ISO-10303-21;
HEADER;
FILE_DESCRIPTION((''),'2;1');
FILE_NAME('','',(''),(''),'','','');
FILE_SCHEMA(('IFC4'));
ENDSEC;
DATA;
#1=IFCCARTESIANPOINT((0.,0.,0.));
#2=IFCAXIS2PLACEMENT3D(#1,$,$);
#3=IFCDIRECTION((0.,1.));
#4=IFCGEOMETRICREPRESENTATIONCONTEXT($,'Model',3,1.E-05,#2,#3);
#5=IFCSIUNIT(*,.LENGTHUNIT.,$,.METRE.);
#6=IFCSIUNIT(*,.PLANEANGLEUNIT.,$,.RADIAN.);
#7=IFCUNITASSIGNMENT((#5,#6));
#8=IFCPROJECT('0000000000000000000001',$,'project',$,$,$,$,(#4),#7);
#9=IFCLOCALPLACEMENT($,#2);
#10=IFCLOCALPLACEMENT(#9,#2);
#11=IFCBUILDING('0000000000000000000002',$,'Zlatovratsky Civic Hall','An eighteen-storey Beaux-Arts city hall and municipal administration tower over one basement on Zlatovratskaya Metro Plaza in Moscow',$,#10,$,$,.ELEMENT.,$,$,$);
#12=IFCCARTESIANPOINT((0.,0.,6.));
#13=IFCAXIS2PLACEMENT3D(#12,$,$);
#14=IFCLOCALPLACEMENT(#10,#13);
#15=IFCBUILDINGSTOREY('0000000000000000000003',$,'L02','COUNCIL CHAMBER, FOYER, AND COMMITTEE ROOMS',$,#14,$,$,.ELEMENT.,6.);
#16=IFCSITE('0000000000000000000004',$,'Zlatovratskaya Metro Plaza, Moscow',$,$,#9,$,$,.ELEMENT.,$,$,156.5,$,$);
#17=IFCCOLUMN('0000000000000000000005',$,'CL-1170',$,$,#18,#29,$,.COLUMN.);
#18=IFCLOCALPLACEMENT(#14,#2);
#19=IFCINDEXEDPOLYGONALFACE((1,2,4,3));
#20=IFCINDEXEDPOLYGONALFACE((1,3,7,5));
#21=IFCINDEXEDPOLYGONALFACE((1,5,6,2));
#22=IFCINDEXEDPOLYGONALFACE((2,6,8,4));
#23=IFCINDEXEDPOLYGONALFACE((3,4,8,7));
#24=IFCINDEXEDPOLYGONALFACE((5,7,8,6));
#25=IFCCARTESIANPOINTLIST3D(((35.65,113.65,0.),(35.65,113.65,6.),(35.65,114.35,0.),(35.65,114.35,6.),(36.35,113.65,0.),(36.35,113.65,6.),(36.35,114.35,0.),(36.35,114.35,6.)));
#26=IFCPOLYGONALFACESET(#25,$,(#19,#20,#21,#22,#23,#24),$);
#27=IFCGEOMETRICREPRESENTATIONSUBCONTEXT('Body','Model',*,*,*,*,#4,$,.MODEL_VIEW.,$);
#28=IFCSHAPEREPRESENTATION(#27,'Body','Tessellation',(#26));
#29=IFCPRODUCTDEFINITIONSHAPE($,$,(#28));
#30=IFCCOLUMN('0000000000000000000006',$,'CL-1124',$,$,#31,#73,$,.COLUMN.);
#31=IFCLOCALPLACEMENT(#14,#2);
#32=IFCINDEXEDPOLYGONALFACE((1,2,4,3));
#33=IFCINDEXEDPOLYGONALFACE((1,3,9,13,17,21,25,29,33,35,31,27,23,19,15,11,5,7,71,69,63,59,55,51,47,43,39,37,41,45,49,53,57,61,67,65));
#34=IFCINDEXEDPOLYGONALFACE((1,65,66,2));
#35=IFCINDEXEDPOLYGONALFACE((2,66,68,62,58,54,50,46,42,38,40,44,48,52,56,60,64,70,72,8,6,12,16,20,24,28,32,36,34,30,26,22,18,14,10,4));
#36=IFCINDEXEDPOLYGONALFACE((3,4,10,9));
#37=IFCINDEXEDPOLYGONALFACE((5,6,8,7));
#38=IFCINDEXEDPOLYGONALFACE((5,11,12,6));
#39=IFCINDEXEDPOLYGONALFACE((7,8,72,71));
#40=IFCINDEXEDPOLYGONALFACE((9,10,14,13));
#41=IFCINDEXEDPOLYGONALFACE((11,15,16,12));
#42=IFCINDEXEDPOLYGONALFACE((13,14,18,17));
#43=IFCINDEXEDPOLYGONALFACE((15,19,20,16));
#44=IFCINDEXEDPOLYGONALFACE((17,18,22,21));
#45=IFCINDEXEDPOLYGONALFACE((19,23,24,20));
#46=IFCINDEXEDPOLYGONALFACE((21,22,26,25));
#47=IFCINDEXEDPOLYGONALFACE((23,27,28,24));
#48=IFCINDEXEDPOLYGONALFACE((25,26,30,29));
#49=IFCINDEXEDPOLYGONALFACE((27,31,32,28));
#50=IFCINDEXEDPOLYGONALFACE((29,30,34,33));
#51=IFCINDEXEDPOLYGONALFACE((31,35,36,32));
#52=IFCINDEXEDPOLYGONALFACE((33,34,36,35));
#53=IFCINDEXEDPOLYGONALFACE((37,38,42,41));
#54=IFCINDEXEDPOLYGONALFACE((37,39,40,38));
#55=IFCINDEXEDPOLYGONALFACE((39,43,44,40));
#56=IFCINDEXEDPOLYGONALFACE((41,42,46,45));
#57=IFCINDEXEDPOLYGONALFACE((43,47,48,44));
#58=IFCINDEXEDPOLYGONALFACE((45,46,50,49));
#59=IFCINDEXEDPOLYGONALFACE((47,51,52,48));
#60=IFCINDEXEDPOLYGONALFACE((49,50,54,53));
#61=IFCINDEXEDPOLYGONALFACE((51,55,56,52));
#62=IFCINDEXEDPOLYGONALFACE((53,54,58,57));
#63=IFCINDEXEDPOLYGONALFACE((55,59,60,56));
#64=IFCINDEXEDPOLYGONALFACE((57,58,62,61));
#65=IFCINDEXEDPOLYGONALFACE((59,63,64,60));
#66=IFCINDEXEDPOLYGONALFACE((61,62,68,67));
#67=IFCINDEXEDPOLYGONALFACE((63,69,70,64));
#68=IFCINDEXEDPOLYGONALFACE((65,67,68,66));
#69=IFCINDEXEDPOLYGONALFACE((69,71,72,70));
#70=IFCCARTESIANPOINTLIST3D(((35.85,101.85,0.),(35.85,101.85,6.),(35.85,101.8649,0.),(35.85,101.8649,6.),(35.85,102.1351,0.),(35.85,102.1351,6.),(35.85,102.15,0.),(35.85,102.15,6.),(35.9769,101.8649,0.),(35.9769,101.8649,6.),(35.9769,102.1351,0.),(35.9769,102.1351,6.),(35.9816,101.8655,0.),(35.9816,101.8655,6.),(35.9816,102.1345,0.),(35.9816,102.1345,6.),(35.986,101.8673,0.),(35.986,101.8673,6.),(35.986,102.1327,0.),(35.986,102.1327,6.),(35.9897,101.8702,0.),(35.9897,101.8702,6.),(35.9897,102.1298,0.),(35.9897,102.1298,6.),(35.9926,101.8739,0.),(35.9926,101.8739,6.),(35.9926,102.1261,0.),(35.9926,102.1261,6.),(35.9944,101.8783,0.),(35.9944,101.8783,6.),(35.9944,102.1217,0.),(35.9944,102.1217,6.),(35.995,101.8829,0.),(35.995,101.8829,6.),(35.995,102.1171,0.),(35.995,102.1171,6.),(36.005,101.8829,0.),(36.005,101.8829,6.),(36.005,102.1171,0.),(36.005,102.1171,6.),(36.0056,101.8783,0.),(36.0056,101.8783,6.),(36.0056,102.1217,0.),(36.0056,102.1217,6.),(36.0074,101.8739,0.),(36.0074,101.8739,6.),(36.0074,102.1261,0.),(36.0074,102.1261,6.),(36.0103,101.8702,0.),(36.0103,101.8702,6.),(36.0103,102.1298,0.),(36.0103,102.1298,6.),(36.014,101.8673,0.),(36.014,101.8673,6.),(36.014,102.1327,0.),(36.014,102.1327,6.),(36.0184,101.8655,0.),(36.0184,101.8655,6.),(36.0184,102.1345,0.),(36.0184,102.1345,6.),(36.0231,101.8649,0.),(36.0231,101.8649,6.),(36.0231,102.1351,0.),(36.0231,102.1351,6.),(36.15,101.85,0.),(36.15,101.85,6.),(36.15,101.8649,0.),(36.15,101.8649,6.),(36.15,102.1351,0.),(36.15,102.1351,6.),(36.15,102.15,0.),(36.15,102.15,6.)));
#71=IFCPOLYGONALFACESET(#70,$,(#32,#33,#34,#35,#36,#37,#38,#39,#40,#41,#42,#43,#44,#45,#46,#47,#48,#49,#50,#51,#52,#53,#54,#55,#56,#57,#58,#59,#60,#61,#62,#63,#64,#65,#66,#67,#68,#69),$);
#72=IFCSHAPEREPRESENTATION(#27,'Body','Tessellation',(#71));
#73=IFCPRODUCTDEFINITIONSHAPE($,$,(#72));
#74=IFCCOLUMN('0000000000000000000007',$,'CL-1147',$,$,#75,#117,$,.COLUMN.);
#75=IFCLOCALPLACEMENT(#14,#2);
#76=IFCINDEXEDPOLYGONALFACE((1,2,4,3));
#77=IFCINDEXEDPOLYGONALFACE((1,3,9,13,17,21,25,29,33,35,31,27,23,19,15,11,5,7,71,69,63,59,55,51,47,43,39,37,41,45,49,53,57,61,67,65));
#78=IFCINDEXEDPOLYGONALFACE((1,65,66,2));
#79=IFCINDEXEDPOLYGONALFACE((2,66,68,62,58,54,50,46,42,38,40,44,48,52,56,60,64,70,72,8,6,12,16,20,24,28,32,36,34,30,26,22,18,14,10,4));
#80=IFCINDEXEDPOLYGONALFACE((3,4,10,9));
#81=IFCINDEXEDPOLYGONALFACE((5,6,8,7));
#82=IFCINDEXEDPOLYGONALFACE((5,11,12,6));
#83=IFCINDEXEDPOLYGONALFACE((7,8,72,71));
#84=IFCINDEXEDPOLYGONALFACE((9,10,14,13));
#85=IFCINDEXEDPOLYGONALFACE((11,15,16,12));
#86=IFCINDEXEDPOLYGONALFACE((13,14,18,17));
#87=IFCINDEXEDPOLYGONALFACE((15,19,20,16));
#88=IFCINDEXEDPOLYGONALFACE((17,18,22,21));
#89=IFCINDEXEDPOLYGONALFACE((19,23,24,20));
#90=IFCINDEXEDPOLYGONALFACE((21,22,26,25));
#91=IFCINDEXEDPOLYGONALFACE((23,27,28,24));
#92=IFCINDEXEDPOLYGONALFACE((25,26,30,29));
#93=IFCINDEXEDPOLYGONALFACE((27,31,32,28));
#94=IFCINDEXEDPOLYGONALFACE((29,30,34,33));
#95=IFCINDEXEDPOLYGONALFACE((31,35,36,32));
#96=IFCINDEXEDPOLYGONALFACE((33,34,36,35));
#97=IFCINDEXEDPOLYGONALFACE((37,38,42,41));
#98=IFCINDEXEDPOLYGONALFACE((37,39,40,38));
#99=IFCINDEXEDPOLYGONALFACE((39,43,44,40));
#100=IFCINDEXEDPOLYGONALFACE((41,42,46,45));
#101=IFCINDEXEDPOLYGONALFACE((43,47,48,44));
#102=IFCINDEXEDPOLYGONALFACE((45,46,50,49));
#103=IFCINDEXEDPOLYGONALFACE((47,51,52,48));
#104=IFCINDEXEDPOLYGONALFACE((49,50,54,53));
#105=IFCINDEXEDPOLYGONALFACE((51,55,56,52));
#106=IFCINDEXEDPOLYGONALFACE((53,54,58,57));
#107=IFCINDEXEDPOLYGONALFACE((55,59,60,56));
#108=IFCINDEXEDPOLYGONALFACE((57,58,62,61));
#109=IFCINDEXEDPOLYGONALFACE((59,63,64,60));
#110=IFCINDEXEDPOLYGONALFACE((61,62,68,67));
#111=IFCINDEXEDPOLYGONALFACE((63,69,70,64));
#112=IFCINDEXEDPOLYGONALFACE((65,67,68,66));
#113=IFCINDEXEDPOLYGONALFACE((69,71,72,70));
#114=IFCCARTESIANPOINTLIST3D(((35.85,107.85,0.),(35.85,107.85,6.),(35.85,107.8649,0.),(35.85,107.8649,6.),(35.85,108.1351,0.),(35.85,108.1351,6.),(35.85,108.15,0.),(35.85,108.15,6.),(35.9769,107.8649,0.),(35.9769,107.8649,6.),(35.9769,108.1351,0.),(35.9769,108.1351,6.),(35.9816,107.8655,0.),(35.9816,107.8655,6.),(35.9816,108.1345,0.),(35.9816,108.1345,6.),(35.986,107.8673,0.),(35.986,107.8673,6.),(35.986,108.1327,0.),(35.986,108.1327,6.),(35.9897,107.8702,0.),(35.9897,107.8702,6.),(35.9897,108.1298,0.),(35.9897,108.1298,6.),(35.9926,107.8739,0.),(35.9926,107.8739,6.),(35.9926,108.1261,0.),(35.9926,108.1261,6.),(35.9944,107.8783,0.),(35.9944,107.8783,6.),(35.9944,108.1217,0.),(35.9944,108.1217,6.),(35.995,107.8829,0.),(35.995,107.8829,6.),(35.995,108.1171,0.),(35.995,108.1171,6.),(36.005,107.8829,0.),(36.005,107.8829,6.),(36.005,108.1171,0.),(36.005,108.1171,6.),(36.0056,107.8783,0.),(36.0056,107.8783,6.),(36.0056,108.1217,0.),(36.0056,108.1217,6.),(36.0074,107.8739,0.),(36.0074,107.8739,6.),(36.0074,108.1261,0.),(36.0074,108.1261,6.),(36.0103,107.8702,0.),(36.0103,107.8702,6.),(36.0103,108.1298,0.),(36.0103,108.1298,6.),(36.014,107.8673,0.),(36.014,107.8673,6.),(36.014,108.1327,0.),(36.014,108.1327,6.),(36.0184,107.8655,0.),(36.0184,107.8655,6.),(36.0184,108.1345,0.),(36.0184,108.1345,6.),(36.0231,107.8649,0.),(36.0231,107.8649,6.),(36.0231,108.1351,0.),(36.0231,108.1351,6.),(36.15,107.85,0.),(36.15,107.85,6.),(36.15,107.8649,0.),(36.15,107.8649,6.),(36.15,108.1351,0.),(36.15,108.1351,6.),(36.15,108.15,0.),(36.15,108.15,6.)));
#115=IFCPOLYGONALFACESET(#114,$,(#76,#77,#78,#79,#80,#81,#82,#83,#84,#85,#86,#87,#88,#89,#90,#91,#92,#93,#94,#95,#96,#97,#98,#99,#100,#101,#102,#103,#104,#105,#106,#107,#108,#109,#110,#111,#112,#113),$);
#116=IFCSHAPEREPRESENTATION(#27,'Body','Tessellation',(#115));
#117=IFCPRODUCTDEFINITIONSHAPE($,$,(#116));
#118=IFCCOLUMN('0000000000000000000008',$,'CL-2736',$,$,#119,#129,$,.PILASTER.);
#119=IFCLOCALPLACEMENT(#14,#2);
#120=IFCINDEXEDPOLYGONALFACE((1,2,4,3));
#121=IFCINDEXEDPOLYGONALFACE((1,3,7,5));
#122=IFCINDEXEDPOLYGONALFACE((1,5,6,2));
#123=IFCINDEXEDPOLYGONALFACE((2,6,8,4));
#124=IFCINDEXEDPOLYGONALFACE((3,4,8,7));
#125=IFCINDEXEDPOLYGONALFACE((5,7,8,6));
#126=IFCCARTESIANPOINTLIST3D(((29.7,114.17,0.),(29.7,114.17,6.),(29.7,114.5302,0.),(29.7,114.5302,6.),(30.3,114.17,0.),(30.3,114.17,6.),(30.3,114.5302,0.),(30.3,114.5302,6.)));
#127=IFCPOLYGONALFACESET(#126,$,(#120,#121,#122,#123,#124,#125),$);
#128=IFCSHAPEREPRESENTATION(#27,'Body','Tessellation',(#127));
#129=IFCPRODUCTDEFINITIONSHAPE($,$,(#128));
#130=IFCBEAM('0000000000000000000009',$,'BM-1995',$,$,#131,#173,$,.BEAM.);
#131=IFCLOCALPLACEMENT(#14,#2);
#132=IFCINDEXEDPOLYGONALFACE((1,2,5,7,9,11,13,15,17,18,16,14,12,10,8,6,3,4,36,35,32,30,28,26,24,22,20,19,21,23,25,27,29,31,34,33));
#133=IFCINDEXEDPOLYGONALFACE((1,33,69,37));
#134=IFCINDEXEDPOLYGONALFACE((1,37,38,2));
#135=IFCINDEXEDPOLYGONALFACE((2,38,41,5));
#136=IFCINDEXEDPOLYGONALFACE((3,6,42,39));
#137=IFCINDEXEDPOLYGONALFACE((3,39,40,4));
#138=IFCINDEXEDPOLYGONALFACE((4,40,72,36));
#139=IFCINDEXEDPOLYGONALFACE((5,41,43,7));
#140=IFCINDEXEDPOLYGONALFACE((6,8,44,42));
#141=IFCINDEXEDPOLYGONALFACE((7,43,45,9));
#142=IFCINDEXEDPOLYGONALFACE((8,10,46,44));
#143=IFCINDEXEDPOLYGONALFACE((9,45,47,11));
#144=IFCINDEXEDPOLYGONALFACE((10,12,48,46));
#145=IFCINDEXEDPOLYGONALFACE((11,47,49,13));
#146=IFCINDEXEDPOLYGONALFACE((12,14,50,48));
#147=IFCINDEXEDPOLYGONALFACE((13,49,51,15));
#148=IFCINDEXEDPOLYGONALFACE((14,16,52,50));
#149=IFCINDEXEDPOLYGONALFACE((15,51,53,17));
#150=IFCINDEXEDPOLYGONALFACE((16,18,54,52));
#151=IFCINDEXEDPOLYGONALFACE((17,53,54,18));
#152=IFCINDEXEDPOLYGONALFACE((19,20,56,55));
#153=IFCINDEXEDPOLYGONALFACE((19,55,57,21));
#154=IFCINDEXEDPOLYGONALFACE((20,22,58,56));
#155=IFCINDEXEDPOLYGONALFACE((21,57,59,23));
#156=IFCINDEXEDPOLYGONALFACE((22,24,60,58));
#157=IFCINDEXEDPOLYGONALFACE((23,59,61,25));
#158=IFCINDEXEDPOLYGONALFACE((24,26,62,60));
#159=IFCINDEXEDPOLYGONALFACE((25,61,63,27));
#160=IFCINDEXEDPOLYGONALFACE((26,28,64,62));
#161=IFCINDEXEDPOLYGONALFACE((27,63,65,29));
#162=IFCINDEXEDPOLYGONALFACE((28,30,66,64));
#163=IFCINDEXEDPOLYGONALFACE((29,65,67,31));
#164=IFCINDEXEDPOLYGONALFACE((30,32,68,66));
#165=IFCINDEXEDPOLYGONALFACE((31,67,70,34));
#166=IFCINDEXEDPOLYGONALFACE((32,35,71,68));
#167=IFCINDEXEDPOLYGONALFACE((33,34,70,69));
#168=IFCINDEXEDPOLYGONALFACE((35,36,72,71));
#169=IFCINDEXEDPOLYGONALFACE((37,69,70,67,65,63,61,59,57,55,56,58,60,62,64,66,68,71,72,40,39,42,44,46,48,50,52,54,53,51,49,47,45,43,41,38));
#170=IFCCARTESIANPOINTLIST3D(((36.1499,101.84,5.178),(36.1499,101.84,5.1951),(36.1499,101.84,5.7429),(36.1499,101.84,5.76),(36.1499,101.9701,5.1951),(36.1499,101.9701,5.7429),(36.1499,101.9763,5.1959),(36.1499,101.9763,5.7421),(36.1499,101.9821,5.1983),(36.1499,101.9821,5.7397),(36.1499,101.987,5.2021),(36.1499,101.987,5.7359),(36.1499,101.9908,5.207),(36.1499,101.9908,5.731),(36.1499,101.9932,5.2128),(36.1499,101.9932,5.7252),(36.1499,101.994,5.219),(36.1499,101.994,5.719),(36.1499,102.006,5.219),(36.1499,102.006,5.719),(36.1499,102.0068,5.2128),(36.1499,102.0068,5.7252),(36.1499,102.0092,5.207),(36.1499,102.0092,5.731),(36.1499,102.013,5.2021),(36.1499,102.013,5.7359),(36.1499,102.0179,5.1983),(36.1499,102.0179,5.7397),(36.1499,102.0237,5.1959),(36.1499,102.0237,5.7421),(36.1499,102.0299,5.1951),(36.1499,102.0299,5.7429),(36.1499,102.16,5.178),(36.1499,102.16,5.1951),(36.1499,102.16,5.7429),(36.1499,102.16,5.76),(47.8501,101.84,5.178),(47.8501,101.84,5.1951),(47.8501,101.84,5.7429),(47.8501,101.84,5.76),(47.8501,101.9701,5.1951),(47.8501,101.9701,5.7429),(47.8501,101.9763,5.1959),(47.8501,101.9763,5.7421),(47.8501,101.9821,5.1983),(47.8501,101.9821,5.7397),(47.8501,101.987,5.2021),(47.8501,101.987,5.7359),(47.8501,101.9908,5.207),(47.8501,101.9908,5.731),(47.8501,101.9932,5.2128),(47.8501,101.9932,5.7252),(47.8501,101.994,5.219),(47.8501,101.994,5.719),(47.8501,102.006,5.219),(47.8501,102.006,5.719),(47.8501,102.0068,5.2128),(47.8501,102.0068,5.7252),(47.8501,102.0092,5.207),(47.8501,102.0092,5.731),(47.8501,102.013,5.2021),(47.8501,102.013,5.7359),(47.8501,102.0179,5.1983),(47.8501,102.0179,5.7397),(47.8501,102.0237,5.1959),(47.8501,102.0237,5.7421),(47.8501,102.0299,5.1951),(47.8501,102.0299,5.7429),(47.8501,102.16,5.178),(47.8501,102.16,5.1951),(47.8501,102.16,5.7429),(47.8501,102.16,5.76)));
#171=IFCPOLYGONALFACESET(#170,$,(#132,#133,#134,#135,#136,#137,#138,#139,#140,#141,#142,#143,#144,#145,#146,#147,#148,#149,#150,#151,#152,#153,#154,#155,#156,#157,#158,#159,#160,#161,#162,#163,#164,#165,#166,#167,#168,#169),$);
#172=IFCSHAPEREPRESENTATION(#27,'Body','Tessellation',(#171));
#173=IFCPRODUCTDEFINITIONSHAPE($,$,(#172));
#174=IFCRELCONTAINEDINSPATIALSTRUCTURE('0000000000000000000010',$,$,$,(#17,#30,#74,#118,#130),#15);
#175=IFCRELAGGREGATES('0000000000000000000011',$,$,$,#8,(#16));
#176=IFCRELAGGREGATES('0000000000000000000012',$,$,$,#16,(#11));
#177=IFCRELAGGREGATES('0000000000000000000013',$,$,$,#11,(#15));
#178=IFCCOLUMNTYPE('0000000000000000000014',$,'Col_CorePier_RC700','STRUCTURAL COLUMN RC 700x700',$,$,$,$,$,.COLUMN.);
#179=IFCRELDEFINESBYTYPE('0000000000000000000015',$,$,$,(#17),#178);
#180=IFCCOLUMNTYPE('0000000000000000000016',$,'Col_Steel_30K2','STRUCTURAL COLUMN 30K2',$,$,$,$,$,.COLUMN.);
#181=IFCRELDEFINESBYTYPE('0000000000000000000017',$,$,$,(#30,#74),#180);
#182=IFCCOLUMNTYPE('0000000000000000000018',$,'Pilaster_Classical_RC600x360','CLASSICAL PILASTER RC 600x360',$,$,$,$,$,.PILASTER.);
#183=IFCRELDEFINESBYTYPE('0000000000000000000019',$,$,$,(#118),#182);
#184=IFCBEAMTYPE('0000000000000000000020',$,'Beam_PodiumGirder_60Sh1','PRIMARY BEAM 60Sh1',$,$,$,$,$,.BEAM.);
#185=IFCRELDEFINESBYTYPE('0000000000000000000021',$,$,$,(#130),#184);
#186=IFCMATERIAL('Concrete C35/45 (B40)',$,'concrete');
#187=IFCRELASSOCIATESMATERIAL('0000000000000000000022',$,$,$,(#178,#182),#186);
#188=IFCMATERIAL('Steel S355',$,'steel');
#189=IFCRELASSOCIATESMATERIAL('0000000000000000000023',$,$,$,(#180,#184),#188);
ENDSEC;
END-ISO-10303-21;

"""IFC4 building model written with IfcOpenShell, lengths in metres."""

from ifc_helpers import new_model, si_unit, direction, frame, origin, origin_2d, place, context, subcontext, project, spatial, rectangle, i_section, extrude, material, material_profile, profile_set, type_object, element, save


model = new_model("IFC4")

# Units and contexts
model_context = context("Model", 3, precision=1e-05, world=origin(), true_north=direction((0.0, 1.0)))
body_context = subcontext(model_context, "Body", "Model", "MODEL_VIEW")
ifc_project = project(units=[si_unit("LENGTHUNIT", "METRE"), si_unit("PLANEANGLEUNIT", "RADIAN")], contexts=[model_context])

# Site, building, storey
site_placement = place(None, origin())
site = spatial("IfcSite", under=ifc_project, at=site_placement, Name="Zlatovratskaya Metro Plaza, Moscow", CompositionType="ELEMENT", RefElevation=156.5)
building_placement = place(site_placement, origin())
building = spatial("IfcBuilding", under=site, at=building_placement, Name="Zlatovratsky Civic Hall", Description="An eighteen-storey Beaux-Arts city hall and municipal administration tower over one basement on Zlatovratskaya Metro Plaza in Moscow", CompositionType="ELEMENT")
storey_placement = place(building_placement, frame((0.0, 0.0, 6.0)))
storey = spatial("IfcBuildingStorey", under=building, at=storey_placement, Name="L02", Description="COUNCIL CHAMBER, FOYER, AND COMMITTEE ROOMS", CompositionType="ELEMENT", Elevation=6.0)

# Columns
ifc_material_1 = material(Name="Concrete C35/45 (B40)", Category="concrete")
ifc_material_profile_1 = material_profile(ifc_material_1, rectangle(XDim=0.7, YDim=0.7, at=origin_2d()), Name="RC 700x700")
ifc_profile_set_1 = profile_set([ifc_material_profile_1], Name="Concrete C35/45 (B40)")
column_type_1 = type_object("IfcColumnType", Name="Col_CorePier_RC700", Description="STRUCTURAL COLUMN RC 700x700", PredefinedType="COLUMN", material=ifc_profile_set_1)
column_1_placement = place(storey_placement, frame((36.0, 114.0, 0.0), z_axis=(0.0, 0.0, 1.0), x_axis=(1.0, 0.0, 0.0)))
element("IfcColumn", 1, at=column_1_placement, inside=storey, type_object=column_type_1, Name="CL-1170", PredefinedType="COLUMN", context=body_context, shape_type="SweptSolid", body=[
    extrude(rectangle(XDim=0.7, YDim=0.7, at=origin_2d()), origin(), (0.0, 0.0, 1.0), 6.0),
])
ifc_material_2 = material(Name="Steel S355", Category="steel")
ifc_material_profile_2 = material_profile(ifc_material_2, i_section(OverallWidth=0.3, OverallDepth=0.3, WebThickness=0.01, FlangeThickness=0.0149, FilletRadius=0.0181, at=origin_2d()), Name="30K2")
ifc_profile_set_2 = profile_set([ifc_material_profile_2], Name="Steel S355")
column_type_2 = type_object("IfcColumnType", Name="Col_Steel_30K2", Description="STRUCTURAL COLUMN 30K2", PredefinedType="COLUMN", material=ifc_profile_set_2)
for number, where, z_axis, x_axis, name in (
    (2, (36.0, 102.0, 0.0), (0.0, 0.0, 1.0), (1.0, 0.0, 0.0), "CL-1124"),
    (3, (36.0, 108.0, 0.0), (0.0, 0.0, 1.0), (1.0, 0.0, 0.0), "CL-1147"),
):
    element("IfcColumn", number, at=place(storey_placement, frame(where, z_axis=z_axis, x_axis=x_axis)), inside=storey, type_object=column_type_2, Name=name, PredefinedType="COLUMN", context=body_context, shape_type="SweptSolid", body=[
        extrude(i_section(OverallWidth=0.3, OverallDepth=0.3, WebThickness=0.01, FlangeThickness=0.0149, FilletRadius=0.0181, at=origin_2d()), origin(), (0.0, 0.0, 1.0), 6.0),
    ])
ifc_material_profile_3 = material_profile(ifc_material_1, rectangle(XDim=0.6001, YDim=0.3601, at=origin_2d()), Name="RC 600x360")
ifc_profile_set_3 = profile_set([ifc_material_profile_3], Name="Concrete C35/45 (B40)")
column_type_3 = type_object("IfcColumnType", Name="Pilaster_Classical_RC600x360", Description="CLASSICAL PILASTER RC 600x360", PredefinedType="PILASTER", material=ifc_profile_set_3)
column_2_placement = place(storey_placement, frame((30.0, 114.3501, 0.0), z_axis=(0.0, 0.0, 1.0), x_axis=(1.0, 0.0, 0.0)))
element("IfcColumn", 4, at=column_2_placement, inside=storey, type_object=column_type_3, Name="CL-2736", PredefinedType="PILASTER", context=body_context, shape_type="SweptSolid", body=[
    extrude(rectangle(XDim=0.6001, YDim=0.3601, at=origin_2d()), origin(), (0.0, 0.0, 1.0), 6.0),
])

# Beam
ifc_material_profile_4 = material_profile(ifc_material_2, i_section(OverallWidth=0.3201, OverallDepth=0.582, WebThickness=0.012, FlangeThickness=0.0171, FilletRadius=0.0239, at=origin_2d()), Name="60Sh1")
ifc_profile_set_4 = profile_set([ifc_material_profile_4], Name="Steel S355")
beam_type_1 = type_object("IfcBeamType", Name="Beam_PodiumGirder_60Sh1", Description="PRIMARY BEAM 60Sh1", PredefinedType="BEAM", material=ifc_profile_set_4)
for number, where, z_axis, x_axis, name in (
    (5, (36.1499, 102.0, 5.469), (1.0, 0.0, 0.0), (0.0, 1.0, 0.0), "BM-1995"),
):
    element("IfcBeam", number, at=place(storey_placement, frame(where, z_axis=z_axis, x_axis=x_axis)), inside=storey, type_object=beam_type_1, Name=name, PredefinedType="BEAM", context=body_context, shape_type="SweptSolid", body=[
        extrude(i_section(OverallWidth=0.3201, OverallDepth=0.582, WebThickness=0.012, FlangeThickness=0.0171, FilletRadius=0.0239, at=origin_2d()), origin(), (0.0, 0.0, 1.0), 11.7002),
    ])

save(model, "model.ifc")
